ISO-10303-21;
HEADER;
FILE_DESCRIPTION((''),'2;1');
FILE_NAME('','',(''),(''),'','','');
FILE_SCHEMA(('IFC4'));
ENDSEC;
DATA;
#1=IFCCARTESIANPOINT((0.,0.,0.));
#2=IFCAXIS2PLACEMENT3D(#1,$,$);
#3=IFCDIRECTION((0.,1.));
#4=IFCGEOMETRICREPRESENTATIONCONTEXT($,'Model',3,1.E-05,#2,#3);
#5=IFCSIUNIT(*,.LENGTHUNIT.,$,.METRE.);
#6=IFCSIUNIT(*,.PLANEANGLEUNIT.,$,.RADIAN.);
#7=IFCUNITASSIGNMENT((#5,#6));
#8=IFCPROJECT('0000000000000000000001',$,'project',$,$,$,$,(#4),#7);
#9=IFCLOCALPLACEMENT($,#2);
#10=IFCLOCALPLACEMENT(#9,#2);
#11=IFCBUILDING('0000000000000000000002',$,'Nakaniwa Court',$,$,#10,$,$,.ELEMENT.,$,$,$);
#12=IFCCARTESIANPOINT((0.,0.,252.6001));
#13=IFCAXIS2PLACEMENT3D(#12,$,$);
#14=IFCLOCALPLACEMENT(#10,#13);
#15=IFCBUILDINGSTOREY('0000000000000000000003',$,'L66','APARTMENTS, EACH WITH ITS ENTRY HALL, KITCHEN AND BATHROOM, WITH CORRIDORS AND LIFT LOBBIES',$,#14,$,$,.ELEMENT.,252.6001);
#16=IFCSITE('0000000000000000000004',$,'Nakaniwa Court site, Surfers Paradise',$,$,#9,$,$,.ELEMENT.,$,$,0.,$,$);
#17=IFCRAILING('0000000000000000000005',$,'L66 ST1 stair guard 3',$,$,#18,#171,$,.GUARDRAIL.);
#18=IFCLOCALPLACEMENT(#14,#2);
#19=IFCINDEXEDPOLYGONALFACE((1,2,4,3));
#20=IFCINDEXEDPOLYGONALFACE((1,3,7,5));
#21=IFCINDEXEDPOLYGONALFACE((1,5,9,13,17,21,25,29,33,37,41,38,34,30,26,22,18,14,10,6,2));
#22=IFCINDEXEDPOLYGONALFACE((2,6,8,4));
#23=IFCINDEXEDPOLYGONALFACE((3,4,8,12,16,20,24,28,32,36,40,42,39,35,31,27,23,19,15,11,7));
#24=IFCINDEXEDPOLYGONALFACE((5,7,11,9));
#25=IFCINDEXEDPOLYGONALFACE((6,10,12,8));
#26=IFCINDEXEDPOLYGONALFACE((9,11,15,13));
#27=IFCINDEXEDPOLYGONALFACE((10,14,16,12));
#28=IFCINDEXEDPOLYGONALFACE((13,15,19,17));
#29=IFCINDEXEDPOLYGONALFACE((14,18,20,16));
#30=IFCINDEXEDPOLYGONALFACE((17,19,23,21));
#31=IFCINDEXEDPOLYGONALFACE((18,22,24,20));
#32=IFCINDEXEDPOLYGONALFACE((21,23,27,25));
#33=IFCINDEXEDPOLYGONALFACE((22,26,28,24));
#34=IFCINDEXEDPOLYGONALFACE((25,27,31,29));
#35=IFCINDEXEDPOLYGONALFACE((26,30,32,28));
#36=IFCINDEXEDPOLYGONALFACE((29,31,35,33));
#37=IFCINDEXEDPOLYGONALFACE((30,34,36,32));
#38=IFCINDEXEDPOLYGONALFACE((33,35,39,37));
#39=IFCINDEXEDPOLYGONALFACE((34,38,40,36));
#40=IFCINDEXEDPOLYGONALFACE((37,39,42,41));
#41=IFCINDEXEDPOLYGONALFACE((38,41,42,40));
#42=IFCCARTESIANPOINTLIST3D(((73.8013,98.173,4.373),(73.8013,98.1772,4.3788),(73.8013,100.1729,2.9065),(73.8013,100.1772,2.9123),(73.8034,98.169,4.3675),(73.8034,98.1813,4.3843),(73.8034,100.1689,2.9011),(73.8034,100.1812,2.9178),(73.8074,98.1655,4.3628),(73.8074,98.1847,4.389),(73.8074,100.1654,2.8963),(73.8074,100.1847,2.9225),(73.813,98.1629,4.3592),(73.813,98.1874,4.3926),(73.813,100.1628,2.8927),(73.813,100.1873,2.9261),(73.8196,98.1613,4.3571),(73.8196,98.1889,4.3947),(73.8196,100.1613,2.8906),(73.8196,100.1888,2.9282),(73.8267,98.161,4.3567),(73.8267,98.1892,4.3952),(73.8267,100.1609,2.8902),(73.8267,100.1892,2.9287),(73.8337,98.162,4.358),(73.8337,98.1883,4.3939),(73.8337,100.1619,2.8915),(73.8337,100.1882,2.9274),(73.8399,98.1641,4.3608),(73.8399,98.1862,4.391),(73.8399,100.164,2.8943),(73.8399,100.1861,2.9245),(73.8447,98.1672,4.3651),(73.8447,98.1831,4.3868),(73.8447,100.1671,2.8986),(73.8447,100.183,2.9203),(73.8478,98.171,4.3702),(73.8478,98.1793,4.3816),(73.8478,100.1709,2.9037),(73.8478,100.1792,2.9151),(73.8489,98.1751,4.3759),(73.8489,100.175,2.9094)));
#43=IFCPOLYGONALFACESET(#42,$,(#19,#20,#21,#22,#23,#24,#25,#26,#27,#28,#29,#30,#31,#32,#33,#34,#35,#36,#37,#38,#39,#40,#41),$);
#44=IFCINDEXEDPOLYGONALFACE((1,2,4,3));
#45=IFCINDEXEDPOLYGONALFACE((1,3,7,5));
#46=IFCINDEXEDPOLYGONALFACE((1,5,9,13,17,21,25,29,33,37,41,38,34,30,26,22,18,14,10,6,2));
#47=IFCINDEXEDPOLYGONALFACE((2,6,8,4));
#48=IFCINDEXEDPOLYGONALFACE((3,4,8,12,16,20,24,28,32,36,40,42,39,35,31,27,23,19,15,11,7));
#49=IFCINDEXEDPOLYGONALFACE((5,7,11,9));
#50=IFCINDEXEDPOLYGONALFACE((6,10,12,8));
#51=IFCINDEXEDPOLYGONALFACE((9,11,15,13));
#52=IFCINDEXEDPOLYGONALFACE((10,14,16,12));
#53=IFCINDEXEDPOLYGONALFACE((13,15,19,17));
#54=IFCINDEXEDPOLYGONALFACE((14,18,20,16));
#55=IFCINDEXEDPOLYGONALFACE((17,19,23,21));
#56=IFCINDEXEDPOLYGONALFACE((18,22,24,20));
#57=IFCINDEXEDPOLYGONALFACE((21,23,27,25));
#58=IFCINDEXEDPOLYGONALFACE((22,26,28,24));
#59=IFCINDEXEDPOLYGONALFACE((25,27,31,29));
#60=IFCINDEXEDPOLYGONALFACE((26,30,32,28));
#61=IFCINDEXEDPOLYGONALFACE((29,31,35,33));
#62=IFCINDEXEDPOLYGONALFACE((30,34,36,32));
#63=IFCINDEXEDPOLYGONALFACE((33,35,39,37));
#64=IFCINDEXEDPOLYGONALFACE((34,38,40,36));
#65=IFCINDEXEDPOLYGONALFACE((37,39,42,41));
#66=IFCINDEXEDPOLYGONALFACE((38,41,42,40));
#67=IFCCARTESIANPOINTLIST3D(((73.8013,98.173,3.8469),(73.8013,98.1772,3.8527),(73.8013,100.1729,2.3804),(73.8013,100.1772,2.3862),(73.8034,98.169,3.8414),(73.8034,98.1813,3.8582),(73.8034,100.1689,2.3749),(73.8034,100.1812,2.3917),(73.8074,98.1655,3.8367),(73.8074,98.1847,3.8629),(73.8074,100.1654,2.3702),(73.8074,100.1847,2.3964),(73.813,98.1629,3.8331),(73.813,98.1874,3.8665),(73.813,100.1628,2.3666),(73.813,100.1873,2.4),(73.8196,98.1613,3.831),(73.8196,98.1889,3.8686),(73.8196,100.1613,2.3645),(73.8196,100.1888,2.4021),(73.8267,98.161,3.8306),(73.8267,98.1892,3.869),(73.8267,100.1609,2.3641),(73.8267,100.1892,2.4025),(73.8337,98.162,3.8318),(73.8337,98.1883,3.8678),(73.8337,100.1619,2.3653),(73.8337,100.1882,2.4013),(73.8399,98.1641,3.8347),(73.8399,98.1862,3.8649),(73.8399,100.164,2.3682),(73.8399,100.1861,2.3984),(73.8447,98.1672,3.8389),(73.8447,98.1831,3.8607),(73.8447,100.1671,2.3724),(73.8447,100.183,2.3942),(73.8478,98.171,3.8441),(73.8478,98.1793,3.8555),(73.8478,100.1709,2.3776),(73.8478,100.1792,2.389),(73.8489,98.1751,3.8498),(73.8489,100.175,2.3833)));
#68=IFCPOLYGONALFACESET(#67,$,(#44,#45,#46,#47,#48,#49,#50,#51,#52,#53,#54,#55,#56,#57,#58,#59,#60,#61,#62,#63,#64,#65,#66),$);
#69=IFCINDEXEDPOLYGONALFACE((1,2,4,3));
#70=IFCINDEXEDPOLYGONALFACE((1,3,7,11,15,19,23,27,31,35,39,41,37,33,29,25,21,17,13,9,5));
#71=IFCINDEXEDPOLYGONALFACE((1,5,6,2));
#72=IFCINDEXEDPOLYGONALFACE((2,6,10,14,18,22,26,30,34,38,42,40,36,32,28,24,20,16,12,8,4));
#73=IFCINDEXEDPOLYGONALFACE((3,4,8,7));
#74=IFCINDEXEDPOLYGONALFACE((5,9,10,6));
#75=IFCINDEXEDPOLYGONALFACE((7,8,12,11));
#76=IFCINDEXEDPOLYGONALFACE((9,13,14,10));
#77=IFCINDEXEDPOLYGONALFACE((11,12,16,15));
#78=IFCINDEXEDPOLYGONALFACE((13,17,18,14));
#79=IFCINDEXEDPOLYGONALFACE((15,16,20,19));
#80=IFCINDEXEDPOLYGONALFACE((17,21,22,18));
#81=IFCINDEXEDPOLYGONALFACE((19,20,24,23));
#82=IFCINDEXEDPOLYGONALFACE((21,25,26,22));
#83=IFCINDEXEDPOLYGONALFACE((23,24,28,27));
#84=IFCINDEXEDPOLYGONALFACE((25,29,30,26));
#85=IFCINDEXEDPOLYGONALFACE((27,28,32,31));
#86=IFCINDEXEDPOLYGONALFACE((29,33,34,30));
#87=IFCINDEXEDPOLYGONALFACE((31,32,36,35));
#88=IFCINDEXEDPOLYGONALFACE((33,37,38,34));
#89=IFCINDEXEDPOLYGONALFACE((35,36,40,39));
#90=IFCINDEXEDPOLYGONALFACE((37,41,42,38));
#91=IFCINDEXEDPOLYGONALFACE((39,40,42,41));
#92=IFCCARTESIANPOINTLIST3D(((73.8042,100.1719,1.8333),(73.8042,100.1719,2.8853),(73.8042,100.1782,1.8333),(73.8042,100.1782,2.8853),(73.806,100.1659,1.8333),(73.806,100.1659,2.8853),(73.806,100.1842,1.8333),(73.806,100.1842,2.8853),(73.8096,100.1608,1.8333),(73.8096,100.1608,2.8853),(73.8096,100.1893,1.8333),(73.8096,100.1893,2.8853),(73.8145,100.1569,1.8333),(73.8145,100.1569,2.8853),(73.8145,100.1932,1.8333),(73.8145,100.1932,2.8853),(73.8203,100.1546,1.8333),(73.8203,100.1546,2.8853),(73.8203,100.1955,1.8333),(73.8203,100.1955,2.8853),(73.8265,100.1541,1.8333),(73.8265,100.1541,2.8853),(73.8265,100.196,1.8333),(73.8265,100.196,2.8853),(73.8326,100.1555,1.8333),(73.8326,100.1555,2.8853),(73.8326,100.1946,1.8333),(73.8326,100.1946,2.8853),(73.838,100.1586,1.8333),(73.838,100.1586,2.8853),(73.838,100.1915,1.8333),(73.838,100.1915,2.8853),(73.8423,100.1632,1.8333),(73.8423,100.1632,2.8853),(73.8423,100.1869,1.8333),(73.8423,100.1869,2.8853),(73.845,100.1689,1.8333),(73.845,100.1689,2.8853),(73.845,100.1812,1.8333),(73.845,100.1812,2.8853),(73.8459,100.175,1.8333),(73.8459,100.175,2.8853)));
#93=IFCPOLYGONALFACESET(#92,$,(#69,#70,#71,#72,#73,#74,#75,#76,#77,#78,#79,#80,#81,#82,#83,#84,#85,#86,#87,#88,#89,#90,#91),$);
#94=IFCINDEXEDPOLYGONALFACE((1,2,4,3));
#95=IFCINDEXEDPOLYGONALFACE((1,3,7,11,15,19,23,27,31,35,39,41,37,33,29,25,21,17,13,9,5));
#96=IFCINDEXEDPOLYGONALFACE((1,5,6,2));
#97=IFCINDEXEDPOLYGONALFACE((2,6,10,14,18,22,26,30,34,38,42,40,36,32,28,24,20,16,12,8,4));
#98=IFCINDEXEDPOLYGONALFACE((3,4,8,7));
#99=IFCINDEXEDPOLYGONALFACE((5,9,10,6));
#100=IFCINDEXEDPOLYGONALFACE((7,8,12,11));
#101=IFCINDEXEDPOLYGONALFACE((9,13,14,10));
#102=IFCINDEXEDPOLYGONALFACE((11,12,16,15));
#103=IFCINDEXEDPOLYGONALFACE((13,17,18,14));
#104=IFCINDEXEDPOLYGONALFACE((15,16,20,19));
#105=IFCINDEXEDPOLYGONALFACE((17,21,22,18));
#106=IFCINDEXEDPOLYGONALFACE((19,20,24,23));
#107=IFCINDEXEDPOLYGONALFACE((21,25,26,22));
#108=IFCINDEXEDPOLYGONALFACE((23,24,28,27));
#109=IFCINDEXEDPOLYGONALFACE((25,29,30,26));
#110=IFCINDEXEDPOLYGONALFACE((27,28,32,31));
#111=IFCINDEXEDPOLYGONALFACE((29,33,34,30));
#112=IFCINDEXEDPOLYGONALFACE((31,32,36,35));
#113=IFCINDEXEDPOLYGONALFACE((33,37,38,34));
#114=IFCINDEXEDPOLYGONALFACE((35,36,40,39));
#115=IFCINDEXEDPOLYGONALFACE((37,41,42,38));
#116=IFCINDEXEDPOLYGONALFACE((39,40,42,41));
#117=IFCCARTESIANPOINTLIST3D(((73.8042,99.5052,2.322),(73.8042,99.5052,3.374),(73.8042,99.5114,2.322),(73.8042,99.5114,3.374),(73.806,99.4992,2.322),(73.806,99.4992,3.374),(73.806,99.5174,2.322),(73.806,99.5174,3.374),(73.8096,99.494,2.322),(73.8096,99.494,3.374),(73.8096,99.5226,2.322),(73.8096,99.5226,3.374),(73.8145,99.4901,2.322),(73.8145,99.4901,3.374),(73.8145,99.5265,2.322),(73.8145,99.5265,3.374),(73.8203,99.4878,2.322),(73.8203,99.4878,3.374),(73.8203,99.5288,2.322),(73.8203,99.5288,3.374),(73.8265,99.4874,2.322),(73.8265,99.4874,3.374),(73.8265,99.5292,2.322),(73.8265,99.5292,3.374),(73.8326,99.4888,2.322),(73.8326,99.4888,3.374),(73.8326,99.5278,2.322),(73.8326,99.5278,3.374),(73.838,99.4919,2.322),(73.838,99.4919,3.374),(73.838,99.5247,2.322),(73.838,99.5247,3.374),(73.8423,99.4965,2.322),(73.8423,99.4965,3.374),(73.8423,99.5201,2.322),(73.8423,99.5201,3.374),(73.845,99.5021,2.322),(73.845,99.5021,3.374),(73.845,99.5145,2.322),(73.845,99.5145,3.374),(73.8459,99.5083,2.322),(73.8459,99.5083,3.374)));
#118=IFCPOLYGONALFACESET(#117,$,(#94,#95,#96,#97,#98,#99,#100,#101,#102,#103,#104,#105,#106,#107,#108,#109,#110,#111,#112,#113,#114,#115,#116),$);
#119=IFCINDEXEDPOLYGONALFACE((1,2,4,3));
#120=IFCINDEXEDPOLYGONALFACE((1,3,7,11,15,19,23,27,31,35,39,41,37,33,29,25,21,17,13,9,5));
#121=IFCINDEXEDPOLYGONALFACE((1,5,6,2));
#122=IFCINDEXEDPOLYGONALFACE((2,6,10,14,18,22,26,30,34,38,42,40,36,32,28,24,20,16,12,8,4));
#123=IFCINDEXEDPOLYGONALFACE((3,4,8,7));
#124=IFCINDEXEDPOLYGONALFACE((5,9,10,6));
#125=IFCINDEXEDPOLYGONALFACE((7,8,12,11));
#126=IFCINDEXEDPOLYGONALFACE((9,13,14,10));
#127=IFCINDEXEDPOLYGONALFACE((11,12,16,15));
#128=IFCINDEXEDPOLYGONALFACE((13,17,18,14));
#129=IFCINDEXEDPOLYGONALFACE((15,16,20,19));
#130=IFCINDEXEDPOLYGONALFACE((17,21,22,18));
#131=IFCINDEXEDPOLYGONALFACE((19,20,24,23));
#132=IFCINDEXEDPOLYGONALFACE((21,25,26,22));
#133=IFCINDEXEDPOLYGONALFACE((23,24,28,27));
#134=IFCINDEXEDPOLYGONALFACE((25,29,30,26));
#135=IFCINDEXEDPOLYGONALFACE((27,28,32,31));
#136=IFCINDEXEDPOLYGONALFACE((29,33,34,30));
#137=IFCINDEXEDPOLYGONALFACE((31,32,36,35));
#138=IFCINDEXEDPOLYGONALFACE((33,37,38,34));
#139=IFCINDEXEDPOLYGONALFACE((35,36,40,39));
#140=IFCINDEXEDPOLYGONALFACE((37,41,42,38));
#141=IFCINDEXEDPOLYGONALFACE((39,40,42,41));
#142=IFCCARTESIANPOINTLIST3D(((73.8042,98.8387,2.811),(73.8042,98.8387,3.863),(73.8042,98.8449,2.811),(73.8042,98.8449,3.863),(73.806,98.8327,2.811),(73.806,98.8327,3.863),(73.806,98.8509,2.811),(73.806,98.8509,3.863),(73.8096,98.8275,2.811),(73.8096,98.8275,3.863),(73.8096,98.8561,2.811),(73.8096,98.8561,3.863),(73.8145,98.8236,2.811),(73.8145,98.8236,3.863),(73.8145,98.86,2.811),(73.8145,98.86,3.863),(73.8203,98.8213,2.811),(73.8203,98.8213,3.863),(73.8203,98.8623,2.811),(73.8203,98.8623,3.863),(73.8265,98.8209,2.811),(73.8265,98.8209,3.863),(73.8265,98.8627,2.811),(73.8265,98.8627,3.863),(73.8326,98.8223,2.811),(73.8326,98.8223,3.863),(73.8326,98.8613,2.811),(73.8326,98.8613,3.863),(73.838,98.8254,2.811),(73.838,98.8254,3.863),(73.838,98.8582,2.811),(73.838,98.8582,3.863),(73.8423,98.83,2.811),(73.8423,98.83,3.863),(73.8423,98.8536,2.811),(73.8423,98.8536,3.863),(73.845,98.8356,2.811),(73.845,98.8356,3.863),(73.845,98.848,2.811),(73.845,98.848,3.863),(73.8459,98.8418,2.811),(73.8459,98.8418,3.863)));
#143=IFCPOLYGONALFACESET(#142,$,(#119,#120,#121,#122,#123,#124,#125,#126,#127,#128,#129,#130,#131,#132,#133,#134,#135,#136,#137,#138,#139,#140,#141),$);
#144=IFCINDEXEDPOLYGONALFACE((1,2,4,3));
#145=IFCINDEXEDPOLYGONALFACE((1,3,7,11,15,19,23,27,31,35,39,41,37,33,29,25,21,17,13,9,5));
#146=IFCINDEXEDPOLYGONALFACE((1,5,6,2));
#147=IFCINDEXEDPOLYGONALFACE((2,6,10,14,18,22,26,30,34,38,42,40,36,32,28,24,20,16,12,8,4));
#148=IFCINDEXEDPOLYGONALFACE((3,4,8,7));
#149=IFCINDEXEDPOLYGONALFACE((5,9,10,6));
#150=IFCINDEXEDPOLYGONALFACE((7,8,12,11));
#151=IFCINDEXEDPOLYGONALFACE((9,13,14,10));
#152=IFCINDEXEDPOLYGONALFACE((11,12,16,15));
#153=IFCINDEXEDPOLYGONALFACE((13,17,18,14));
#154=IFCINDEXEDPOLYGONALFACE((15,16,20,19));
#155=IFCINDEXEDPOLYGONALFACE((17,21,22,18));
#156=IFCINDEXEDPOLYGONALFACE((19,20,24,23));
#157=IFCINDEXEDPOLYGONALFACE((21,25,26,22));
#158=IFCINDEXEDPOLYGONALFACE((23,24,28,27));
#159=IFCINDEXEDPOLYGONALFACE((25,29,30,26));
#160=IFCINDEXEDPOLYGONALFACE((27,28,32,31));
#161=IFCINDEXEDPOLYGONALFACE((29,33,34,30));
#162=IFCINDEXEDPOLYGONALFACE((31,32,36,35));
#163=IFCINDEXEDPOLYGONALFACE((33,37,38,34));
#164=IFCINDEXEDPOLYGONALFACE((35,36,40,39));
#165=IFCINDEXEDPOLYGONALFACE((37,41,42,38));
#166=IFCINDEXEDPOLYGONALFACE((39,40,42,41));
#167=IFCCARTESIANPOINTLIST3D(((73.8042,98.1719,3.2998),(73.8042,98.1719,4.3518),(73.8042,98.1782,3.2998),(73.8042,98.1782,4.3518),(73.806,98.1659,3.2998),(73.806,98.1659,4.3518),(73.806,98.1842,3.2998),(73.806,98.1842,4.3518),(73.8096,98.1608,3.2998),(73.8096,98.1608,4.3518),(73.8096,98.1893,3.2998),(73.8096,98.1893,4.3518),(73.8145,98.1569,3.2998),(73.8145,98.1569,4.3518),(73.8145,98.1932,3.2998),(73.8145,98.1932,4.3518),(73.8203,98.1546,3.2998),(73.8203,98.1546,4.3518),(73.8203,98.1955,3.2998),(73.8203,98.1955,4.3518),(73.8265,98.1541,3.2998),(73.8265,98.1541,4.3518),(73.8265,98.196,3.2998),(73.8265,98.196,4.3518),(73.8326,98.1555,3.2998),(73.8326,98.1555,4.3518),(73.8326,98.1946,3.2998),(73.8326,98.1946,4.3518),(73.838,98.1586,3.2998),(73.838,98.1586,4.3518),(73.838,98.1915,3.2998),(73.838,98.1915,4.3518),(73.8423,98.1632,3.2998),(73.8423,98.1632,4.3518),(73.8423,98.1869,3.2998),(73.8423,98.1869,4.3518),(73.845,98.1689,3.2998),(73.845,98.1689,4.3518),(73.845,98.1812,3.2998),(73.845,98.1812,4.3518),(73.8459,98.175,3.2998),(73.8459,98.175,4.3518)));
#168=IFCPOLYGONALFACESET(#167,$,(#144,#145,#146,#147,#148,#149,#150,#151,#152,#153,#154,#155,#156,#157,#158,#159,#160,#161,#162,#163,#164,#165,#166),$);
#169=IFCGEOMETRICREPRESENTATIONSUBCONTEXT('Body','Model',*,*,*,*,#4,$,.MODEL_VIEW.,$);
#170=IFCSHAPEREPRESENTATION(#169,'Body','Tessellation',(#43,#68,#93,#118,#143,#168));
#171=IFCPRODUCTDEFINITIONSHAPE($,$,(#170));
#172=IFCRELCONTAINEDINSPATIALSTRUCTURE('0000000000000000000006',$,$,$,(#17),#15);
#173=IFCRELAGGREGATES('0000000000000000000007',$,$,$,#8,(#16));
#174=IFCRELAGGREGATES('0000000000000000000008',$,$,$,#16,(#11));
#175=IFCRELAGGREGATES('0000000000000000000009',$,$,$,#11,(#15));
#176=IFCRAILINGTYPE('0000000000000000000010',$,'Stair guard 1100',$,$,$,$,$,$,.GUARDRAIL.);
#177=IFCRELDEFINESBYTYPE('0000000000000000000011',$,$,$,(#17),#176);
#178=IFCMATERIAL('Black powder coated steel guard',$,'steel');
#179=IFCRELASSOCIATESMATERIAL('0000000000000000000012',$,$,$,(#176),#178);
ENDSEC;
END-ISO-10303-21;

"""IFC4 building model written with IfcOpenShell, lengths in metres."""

from ifc_helpers import new_model, si_unit, direction, frame, origin, origin_2d, place, context, subcontext, project, spatial, circle, extrude, material, type_object, element, save


model = new_model("IFC4")

# Units and contexts
model_context = context("Model", 3, precision=1e-05, world=origin(), true_north=direction((0.0, 1.0)))
body_context = subcontext(model_context, "Body", "Model", "MODEL_VIEW")
ifc_project = project(units=[si_unit("LENGTHUNIT", "METRE"), si_unit("PLANEANGLEUNIT", "RADIAN")], contexts=[model_context])

# Site, building, storey
site_placement = place(None, origin())
site = spatial("IfcSite", under=ifc_project, at=site_placement, Name="Nakaniwa Court site, Surfers Paradise", CompositionType="ELEMENT", RefElevation=0.0)
building_placement = place(site_placement, origin())
building = spatial("IfcBuilding", under=site, at=building_placement, Name="Nakaniwa Court", CompositionType="ELEMENT")
storey_placement = place(building_placement, frame((0.0, 0.0, 252.6001)))
storey = spatial("IfcBuildingStorey", under=building, at=storey_placement, Name="L66", Description="APARTMENTS, EACH WITH ITS ENTRY HALL, KITCHEN AND BATHROOM, WITH CORRIDORS AND LIFT LOBBIES", CompositionType="ELEMENT", Elevation=252.6001)

# Railing
ifc_material_1 = material(Name="Black powder coated steel guard", Category="steel")
railing_type_1 = type_object("IfcRailingType", Name="Stair guard 1100", PredefinedType="GUARDRAIL", material=ifc_material_1)
railing_1_placement = place(storey_placement, frame((73.825, 100.175, 1.8333)))
element("IfcRailing", 1, at=railing_1_placement, inside=storey, type_object=railing_type_1, Name="L66 ST1 stair guard 3", PredefinedType="GUARDRAIL", context=body_context, shape_type="SweptSolid", body=[
    extrude(circle(Radius=0.0239, at=origin_2d()), frame((0.0, 0.0, 1.0762), z_axis=(0.0, -0.806427, 0.591334), x_axis=(1.0, 0.0, 0.0)), (0.0, 0.0, 1.0), 2.48),
    extrude(circle(Radius=0.0239, at=origin_2d()), frame((0.0, 0.0, 0.55), z_axis=(0.0, -0.806427, 0.591334), x_axis=(1.0, 0.0, 0.0)), (0.0, 0.0, 1.0), 2.48),
    extrude(circle(Radius=0.021, at=origin_2d()), origin(), (0.0, 0.0, 1.0), 1.052),
    extrude(circle(Radius=0.021, at=origin_2d()), frame((0.0, -0.6667, 0.4888)), (0.0, 0.0, 1.0), 1.052),
    extrude(circle(Radius=0.021, at=origin_2d()), frame((0.0, -1.3333, 0.9778)), (0.0, 0.0, 1.0), 1.052),
    extrude(circle(Radius=0.021, at=origin_2d()), frame((0.0, -2.0, 1.4666)), (0.0, 0.0, 1.0), 1.052),
])

save(model, "model.ifc")
